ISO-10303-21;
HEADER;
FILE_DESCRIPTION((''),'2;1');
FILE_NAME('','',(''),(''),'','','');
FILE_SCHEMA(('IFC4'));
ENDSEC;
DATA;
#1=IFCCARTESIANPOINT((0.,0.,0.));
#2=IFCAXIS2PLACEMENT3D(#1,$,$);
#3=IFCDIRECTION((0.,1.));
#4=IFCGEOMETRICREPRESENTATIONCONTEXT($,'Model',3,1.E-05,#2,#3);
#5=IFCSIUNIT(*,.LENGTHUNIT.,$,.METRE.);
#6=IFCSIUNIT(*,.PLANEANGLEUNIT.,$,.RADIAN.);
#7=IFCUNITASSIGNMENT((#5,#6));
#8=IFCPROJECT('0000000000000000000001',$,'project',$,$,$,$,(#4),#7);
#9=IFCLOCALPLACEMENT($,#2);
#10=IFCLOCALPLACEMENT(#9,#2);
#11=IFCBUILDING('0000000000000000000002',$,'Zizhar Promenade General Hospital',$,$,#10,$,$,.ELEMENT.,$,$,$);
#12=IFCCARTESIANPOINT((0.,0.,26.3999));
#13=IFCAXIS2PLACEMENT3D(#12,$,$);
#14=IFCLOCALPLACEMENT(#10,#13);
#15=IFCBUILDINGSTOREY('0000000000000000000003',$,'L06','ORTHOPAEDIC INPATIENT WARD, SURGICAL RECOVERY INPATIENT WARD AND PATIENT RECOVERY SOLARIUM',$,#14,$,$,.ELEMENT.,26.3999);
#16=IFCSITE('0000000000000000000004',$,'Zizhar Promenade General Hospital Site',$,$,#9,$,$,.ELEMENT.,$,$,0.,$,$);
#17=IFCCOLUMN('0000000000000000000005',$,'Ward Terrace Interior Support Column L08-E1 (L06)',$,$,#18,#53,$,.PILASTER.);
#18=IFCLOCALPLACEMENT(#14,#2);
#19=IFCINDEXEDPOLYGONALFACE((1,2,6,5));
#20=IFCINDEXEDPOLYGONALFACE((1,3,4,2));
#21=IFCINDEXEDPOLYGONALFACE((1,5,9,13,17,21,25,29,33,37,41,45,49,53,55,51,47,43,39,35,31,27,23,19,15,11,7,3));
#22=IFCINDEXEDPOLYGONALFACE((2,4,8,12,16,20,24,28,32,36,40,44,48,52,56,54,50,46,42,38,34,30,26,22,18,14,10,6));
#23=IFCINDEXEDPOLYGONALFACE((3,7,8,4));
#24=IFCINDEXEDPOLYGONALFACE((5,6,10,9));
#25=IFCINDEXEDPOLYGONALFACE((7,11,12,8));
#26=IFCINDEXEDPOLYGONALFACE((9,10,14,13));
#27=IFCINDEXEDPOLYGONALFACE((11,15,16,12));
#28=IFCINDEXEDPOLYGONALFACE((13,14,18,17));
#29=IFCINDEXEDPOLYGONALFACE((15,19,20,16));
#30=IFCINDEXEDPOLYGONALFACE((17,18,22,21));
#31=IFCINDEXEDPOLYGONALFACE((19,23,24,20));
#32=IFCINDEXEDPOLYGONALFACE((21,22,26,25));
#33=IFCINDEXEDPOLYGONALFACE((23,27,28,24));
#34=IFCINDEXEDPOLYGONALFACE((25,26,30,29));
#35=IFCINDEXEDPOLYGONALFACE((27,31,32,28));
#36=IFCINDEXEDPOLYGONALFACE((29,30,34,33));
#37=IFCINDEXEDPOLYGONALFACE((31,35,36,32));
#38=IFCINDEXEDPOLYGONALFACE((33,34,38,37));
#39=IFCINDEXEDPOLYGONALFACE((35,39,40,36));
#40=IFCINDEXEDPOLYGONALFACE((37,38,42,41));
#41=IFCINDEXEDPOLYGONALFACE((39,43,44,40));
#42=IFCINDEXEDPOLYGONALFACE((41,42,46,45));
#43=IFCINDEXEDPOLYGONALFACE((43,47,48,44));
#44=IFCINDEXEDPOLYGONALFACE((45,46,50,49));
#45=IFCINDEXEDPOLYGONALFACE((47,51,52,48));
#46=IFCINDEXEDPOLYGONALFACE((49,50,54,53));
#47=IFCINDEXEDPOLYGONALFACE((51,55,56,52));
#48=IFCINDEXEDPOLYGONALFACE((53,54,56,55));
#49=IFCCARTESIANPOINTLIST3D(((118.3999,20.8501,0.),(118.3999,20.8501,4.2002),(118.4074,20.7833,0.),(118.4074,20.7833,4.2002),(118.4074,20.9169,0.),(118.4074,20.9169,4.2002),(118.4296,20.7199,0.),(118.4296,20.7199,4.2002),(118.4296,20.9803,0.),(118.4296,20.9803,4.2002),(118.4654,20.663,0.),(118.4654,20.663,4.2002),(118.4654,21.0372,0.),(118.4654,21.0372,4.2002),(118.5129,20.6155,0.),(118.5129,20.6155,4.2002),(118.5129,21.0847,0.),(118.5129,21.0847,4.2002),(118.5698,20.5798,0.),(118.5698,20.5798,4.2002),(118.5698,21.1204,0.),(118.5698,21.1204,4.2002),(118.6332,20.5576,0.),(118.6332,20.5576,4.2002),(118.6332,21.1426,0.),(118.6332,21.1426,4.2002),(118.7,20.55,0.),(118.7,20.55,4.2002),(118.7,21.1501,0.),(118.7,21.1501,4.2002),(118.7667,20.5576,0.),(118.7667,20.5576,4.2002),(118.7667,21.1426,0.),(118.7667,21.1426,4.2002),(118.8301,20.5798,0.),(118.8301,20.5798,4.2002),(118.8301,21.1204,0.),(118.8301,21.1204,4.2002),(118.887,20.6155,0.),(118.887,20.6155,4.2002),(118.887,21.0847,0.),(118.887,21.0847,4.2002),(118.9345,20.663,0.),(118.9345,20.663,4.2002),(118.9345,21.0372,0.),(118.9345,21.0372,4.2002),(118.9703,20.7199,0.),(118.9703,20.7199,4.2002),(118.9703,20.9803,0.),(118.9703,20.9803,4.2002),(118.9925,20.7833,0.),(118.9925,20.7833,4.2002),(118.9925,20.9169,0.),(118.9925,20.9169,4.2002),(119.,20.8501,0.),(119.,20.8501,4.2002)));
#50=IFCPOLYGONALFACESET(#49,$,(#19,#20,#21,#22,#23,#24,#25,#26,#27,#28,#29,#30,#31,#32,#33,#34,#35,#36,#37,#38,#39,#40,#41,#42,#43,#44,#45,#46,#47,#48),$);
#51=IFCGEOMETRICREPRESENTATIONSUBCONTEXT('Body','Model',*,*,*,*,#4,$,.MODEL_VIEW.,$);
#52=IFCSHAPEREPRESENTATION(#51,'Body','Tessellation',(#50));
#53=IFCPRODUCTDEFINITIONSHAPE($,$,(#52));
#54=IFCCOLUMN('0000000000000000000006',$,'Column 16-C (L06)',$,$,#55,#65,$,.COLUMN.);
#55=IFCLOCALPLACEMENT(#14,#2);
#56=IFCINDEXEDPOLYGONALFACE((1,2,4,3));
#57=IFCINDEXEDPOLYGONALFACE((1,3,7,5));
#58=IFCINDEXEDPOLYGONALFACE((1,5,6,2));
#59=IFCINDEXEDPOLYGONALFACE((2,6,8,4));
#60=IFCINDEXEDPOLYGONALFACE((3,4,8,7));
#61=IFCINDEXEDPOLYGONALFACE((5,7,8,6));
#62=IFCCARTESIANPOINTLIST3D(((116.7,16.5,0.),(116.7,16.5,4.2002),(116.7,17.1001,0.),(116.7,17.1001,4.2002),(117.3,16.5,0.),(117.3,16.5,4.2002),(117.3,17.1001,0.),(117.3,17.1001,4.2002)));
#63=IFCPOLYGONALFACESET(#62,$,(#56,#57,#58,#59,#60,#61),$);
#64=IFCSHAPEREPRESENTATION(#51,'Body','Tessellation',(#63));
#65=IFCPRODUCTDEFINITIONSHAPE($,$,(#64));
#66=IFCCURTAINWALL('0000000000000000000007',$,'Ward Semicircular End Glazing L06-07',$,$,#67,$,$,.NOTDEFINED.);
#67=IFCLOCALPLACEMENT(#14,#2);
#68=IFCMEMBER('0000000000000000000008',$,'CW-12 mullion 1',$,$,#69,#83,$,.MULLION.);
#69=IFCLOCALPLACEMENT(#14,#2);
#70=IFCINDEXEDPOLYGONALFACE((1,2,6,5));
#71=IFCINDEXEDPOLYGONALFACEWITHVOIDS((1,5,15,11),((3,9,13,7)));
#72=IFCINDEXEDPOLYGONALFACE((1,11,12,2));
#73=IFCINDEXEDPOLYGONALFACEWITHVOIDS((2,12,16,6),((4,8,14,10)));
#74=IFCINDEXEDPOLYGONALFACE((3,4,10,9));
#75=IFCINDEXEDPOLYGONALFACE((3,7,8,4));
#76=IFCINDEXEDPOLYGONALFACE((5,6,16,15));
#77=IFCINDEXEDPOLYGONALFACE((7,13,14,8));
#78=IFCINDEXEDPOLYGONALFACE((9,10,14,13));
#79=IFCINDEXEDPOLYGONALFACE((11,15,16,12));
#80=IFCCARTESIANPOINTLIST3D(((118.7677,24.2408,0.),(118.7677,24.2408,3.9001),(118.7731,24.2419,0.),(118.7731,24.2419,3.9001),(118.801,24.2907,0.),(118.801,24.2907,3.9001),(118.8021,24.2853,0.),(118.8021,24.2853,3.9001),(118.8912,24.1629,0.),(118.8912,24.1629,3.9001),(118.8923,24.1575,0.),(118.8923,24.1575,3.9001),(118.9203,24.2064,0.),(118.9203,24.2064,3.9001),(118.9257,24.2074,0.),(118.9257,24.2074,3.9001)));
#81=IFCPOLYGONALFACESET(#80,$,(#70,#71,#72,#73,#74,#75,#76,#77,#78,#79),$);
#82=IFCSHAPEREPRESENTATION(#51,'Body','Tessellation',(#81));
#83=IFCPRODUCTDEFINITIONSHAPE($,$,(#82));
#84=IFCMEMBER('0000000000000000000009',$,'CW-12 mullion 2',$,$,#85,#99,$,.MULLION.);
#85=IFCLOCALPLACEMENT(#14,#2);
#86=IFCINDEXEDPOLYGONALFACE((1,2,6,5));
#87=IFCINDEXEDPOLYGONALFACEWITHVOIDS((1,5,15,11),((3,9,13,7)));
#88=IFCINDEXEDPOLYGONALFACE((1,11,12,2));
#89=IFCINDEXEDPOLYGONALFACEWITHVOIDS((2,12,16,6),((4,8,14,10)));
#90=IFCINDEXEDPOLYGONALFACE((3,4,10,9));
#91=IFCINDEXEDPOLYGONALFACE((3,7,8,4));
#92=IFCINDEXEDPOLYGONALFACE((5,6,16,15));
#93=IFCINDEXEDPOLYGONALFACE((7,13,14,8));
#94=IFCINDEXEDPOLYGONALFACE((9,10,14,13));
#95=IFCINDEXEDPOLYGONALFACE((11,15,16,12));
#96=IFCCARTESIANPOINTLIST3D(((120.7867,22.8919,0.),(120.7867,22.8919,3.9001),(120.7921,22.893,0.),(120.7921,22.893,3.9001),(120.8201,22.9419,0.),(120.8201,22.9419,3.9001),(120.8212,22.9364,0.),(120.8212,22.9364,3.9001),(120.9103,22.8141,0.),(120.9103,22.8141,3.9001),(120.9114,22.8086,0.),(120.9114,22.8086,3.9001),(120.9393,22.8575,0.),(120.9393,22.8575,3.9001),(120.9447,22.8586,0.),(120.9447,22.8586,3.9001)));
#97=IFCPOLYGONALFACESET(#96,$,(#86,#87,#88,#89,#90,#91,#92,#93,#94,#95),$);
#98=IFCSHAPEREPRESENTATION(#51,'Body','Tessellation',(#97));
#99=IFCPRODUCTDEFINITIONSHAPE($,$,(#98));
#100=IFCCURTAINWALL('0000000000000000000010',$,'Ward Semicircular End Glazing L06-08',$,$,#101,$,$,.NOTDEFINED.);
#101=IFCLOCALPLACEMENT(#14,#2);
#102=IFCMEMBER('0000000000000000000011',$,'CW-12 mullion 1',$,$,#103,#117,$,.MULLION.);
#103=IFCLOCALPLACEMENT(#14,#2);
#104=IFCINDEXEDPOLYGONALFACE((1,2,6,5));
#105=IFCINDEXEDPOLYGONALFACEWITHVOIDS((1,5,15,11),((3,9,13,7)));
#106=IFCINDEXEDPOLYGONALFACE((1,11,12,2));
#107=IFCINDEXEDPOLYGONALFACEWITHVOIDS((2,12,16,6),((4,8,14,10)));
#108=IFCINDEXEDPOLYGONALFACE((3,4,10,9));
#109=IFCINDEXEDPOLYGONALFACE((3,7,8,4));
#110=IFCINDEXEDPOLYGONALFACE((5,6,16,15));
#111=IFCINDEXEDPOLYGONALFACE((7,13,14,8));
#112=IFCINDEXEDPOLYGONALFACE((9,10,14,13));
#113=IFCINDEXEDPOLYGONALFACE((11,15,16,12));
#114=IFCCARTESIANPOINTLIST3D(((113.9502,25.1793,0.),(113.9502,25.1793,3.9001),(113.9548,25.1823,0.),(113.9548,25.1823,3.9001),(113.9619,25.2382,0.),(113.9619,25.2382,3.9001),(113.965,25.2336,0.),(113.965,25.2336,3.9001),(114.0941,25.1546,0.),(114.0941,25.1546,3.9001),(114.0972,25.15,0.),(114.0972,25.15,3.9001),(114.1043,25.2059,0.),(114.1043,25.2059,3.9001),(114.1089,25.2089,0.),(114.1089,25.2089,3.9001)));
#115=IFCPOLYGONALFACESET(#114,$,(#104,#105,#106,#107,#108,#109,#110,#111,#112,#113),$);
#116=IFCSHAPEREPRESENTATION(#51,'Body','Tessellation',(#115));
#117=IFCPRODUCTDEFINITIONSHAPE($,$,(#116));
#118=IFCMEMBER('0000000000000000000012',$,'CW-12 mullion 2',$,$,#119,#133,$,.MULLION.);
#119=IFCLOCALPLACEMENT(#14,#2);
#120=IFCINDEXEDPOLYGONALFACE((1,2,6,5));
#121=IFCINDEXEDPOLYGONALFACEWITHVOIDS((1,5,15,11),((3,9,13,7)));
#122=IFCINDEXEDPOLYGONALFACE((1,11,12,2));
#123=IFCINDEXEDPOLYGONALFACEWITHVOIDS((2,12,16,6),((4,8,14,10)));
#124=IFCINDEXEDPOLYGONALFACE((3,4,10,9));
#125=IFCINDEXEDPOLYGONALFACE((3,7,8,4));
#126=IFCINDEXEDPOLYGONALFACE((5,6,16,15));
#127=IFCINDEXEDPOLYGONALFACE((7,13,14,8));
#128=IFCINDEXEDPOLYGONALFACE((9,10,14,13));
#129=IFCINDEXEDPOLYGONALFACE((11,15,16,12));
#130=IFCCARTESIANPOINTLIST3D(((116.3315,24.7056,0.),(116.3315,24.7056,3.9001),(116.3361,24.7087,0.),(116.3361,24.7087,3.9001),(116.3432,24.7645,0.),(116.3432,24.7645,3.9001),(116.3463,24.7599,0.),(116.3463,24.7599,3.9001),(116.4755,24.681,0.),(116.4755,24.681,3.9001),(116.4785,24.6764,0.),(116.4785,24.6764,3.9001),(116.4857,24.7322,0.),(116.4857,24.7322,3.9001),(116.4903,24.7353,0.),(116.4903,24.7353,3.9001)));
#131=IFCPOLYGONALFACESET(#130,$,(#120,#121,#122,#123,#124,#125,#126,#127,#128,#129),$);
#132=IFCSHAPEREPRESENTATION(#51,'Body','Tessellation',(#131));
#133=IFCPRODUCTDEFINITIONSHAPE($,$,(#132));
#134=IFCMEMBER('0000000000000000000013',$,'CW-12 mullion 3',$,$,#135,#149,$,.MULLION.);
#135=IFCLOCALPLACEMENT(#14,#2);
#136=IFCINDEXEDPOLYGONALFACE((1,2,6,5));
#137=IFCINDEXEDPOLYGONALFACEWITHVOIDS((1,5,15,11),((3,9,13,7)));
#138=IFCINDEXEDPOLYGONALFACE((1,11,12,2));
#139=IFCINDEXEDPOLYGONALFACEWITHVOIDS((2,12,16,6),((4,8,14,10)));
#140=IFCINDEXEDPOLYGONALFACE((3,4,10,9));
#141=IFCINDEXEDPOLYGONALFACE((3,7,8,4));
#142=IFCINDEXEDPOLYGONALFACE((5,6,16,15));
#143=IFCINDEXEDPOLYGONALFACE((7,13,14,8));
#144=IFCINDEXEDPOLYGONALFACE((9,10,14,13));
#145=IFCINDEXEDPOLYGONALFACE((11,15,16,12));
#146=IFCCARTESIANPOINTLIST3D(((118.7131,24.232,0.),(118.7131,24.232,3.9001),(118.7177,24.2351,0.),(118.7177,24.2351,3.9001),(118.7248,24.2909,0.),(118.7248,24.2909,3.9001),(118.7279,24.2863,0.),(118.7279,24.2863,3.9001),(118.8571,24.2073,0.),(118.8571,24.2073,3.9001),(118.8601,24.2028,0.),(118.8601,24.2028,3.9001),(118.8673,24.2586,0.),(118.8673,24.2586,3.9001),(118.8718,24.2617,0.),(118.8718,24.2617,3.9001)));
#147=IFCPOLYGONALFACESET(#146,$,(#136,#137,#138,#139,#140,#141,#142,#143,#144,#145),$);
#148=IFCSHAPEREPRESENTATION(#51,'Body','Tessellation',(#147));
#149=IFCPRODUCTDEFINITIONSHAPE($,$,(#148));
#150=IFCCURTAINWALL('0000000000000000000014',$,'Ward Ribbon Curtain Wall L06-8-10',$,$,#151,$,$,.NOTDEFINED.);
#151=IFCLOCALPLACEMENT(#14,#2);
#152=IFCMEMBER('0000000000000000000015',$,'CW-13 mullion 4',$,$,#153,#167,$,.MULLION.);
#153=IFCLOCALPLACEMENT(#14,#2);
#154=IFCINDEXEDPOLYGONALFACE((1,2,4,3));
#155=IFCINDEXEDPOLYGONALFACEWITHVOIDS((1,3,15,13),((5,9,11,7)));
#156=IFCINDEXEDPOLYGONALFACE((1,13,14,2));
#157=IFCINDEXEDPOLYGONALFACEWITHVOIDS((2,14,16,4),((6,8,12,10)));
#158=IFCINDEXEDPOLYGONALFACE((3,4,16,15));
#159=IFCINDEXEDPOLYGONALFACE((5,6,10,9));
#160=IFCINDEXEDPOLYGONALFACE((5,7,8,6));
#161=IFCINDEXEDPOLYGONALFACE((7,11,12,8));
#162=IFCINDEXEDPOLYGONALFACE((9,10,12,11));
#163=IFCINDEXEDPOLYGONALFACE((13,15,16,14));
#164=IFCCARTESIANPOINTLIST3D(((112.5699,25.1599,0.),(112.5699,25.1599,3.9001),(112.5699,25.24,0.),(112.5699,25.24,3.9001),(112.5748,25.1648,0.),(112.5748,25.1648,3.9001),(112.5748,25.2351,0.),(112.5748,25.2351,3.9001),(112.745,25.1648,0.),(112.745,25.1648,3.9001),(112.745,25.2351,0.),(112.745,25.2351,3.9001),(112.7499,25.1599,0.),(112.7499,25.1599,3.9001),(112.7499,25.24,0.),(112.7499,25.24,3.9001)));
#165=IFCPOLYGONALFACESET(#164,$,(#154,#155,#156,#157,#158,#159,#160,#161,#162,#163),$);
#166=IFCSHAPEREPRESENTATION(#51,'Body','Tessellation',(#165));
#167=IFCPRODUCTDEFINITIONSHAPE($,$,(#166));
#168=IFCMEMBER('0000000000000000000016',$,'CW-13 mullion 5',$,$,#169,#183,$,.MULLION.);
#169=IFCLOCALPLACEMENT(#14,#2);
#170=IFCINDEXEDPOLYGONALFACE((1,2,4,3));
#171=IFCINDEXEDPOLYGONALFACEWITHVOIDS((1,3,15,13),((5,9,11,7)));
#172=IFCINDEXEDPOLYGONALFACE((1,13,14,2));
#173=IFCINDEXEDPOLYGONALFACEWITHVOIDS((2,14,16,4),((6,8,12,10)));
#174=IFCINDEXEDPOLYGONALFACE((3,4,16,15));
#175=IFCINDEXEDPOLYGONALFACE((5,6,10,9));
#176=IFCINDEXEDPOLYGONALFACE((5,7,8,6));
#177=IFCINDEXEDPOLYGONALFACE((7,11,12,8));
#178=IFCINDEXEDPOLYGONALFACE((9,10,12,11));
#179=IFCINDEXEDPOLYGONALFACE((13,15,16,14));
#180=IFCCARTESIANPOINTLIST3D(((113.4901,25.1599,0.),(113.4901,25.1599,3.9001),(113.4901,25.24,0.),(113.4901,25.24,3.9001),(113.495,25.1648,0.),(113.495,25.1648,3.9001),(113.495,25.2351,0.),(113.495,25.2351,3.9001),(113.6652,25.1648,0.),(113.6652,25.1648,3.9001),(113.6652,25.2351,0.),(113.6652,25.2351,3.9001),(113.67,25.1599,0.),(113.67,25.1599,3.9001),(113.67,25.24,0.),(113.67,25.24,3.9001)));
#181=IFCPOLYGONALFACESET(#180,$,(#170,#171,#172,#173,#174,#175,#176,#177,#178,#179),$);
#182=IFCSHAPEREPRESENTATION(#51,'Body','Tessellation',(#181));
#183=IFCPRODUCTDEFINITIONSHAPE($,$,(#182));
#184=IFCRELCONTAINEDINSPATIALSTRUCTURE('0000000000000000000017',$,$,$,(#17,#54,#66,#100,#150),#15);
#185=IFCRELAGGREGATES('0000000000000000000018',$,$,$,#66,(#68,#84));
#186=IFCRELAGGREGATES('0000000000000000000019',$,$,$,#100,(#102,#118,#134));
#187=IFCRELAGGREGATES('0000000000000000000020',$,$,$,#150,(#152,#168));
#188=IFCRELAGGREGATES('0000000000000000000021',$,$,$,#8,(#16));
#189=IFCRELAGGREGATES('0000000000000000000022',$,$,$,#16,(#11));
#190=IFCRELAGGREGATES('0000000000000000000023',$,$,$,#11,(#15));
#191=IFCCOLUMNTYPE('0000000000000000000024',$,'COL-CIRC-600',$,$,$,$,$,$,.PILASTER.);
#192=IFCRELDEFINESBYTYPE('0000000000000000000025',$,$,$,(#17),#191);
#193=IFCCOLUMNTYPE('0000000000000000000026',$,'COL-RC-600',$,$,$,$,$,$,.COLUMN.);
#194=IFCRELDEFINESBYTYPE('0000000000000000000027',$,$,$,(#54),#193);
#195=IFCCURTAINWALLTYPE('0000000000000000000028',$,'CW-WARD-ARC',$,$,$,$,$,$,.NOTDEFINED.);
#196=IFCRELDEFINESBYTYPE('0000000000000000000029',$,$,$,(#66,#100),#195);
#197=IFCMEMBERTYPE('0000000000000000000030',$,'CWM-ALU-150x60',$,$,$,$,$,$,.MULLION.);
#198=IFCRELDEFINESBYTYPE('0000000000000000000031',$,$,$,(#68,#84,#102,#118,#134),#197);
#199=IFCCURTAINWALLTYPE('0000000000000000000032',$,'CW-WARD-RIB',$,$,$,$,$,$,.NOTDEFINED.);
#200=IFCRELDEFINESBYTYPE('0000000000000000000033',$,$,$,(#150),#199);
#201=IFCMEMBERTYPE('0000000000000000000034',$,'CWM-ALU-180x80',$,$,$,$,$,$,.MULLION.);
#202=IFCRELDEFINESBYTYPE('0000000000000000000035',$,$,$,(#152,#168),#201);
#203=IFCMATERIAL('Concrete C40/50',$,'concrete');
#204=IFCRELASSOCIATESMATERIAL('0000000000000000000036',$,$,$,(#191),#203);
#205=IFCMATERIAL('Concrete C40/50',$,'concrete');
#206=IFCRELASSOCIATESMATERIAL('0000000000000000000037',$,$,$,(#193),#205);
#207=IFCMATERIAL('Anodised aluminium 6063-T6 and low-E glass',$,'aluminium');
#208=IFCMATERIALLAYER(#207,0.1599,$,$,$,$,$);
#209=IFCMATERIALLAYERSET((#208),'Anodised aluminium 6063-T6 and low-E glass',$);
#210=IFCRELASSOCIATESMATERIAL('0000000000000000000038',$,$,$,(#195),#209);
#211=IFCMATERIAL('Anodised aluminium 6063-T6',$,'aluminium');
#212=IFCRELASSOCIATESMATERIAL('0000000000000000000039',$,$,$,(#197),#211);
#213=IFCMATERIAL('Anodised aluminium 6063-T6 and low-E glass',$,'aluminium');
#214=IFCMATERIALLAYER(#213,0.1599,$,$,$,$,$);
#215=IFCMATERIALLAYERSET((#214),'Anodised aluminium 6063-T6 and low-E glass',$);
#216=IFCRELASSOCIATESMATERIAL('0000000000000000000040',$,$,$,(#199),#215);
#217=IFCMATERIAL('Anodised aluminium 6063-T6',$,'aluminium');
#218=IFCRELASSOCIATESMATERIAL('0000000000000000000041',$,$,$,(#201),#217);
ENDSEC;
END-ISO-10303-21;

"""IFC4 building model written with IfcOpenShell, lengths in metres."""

from ifc_helpers import new_model, si_unit, direction, frame, origin, origin_2d, place, context, subcontext, project, spatial, rectangle, hollow_rectangle, circle, extrude, material, layer, layer_set, material_profile, profile_set, type_object, element, aggregate, save


model = new_model("IFC4")

# Units and contexts
model_context = context("Model", 3, precision=1e-05, world=origin(), true_north=direction((0.0, 1.0)))
body_context = subcontext(model_context, "Body", "Model", "MODEL_VIEW")
ifc_project = project(units=[si_unit("LENGTHUNIT", "METRE"), si_unit("PLANEANGLEUNIT", "RADIAN")], contexts=[model_context])

# Site, building, storey
site_placement = place(None, origin())
site = spatial("IfcSite", under=ifc_project, at=site_placement, Name="Zizhar Promenade General Hospital Site", CompositionType="ELEMENT", RefElevation=0.0)
building_placement = place(site_placement, origin())
building = spatial("IfcBuilding", under=site, at=building_placement, Name="Zizhar Promenade General Hospital", CompositionType="ELEMENT")
storey_placement = place(building_placement, frame((0.0, 0.0, 26.3999)))
storey = spatial("IfcBuildingStorey", under=building, at=storey_placement, Name="L06", Description="ORTHOPAEDIC INPATIENT WARD, SURGICAL RECOVERY INPATIENT WARD AND PATIENT RECOVERY SOLARIUM", CompositionType="ELEMENT", Elevation=26.3999)

# Columns
ifc_material_1 = material(Name="Concrete C40/50", Category="concrete")
ifc_material_profile_1 = material_profile(ifc_material_1, circle(Radius=0.3, at=origin_2d()))
ifc_profile_set_1 = profile_set([ifc_material_profile_1], Name="Concrete C40/50")
column_type_1 = type_object("IfcColumnType", Name="COL-CIRC-600", PredefinedType="PILASTER", material=ifc_profile_set_1)
column_1_placement = place(storey_placement, frame((118.7, 20.8501, 0.0), z_axis=(0.0, 0.0, 1.0), x_axis=(1.0, 0.0, 0.0)))
element("IfcColumn", 1, at=column_1_placement, inside=storey, type_object=column_type_1, Name="Ward Terrace Interior Support Column L08-E1 (L06)", PredefinedType="PILASTER", context=body_context, shape_type="SweptSolid", body=[
    extrude(circle(Radius=0.3, at=origin_2d()), origin(), (0.0, 0.0, 1.0), 4.2002),
])
ifc_material_2 = material(Name="Concrete C40/50", Category="concrete")
ifc_material_profile_2 = material_profile(ifc_material_2, rectangle(XDim=0.6001, YDim=0.6001, at=origin_2d()))
ifc_profile_set_2 = profile_set([ifc_material_profile_2], Name="Concrete C40/50")
column_type_2 = type_object("IfcColumnType", Name="COL-RC-600", PredefinedType="COLUMN", material=ifc_profile_set_2)
column_2_placement = place(storey_placement, frame((117.0, 16.8, 0.0), z_axis=(0.0, 0.0, 1.0), x_axis=(1.0, 0.0, 0.0)))
element("IfcColumn", 2, at=column_2_placement, inside=storey, type_object=column_type_2, Name="Column 16-C (L06)", PredefinedType="COLUMN", context=body_context, shape_type="SweptSolid", body=[
    extrude(rectangle(XDim=0.6001, YDim=0.6001, at=origin_2d()), origin(), (0.0, 0.0, 1.0), 4.2002),
])

# Curtain walls, members
ifc_material_3 = material(Name="Anodised aluminium 6063-T6 and low-E glass", Category="aluminium")
ifc_layer_1 = layer(ifc_material_3, 0.1599)
ifc_layer_set_1 = layer_set([ifc_layer_1], Name="Anodised aluminium 6063-T6 and low-E glass")
curtain_wall_type_1 = type_object("IfcCurtainWallType", Name="CW-WARD-ARC", PredefinedType="NOTDEFINED", material=ifc_layer_set_1)
curtain_wall_1_placement = place(storey_placement, origin())
curtain_wall_1 = element("IfcCurtainWall", 3, at=curtain_wall_1_placement, inside=storey, type_object=curtain_wall_type_1, Name="Ward Semicircular End Glazing L06-07", PredefinedType="NOTDEFINED")
ifc_material_4 = material(Name="Anodised aluminium 6063-T6", Category="aluminium")
ifc_material_profile_3 = material_profile(ifc_material_4, hollow_rectangle(XDim=0.0601, YDim=0.1499, WallThickness=0.0039, at=origin_2d()))
ifc_profile_set_3 = profile_set([ifc_material_profile_3], Name="Anodised aluminium 6063-T6")
member_type_1 = type_object("IfcMemberType", Name="CWM-ALU-150x60", PredefinedType="MULLION", material=ifc_profile_set_3)
member_1_placement = place(storey_placement, frame((118.8467, 24.2241, 0.0), z_axis=(0.0, 0.0, 1.0), x_axis=(0.555582, 0.831462, 0.0)))
member_1 = element("IfcMember", 4, at=member_1_placement, type_object=member_type_1, Name="CW-12 mullion 1", PredefinedType="MULLION", context=body_context, shape_type="SweptSolid", body=[
    extrude(hollow_rectangle(XDim=0.0601, YDim=0.1499, WallThickness=0.0039, at=origin_2d()), origin(), (0.0, 0.0, 1.0), 3.9001),
])
member_2_placement = place(storey_placement, frame((120.8657, 22.8752, 0.0), z_axis=(0.0, 0.0, 1.0), x_axis=(0.555582, 0.831462, 0.0)))
member_2 = element("IfcMember", 5, at=member_2_placement, type_object=member_type_1, Name="CW-12 mullion 2", PredefinedType="MULLION", context=body_context, shape_type="SweptSolid", body=[
    extrude(hollow_rectangle(XDim=0.0601, YDim=0.1499, WallThickness=0.0039, at=origin_2d()), origin(), (0.0, 0.0, 1.0), 3.9001),
])
curtain_wall_2_placement = place(storey_placement, origin())
curtain_wall_2 = element("IfcCurtainWall", 6, at=curtain_wall_2_placement, inside=storey, type_object=curtain_wall_type_1, Name="Ward Semicircular End Glazing L06-08", PredefinedType="NOTDEFINED")
member_3_placement = place(storey_placement, frame((114.0295, 25.1941, 0.0), z_axis=(0.0, 0.0, 1.0), x_axis=(0.195087, 0.980786, 0.0)))
member_3 = element("IfcMember", 7, at=member_3_placement, type_object=member_type_1, Name="CW-12 mullion 1", PredefinedType="MULLION", context=body_context, shape_type="SweptSolid", body=[
    extrude(hollow_rectangle(XDim=0.0601, YDim=0.1499, WallThickness=0.0039, at=origin_2d()), origin(), (0.0, 0.0, 1.0), 3.9001),
])
member_4_placement = place(storey_placement, frame((116.4109, 24.7205, 0.0), z_axis=(0.0, 0.0, 1.0), x_axis=(0.195087, 0.980786, 0.0)))
member_4 = element("IfcMember", 8, at=member_4_placement, type_object=member_type_1, Name="CW-12 mullion 2", PredefinedType="MULLION", context=body_context, shape_type="SweptSolid", body=[
    extrude(hollow_rectangle(XDim=0.0601, YDim=0.1499, WallThickness=0.0039, at=origin_2d()), origin(), (0.0, 0.0, 1.0), 3.9001),
])
member_5_placement = place(storey_placement, frame((118.7925, 24.2468, 0.0), z_axis=(0.0, 0.0, 1.0), x_axis=(0.195087, 0.980786, 0.0)))
member_5 = element("IfcMember", 9, at=member_5_placement, type_object=member_type_1, Name="CW-12 mullion 3", PredefinedType="MULLION", context=body_context, shape_type="SweptSolid", body=[
    extrude(hollow_rectangle(XDim=0.0601, YDim=0.1499, WallThickness=0.0039, at=origin_2d()), origin(), (0.0, 0.0, 1.0), 3.9001),
])
ifc_material_5 = material(Name="Anodised aluminium 6063-T6 and low-E glass", Category="aluminium")
ifc_layer_2 = layer(ifc_material_5, 0.1599)
ifc_layer_set_2 = layer_set([ifc_layer_2], Name="Anodised aluminium 6063-T6 and low-E glass")
curtain_wall_type_2 = type_object("IfcCurtainWallType", Name="CW-WARD-RIB", PredefinedType="NOTDEFINED", material=ifc_layer_set_2)
curtain_wall_3_placement = place(storey_placement, origin())
curtain_wall_3 = element("IfcCurtainWall", 10, at=curtain_wall_3_placement, inside=storey, type_object=curtain_wall_type_2, Name="Ward Ribbon Curtain Wall L06-8-10", PredefinedType="NOTDEFINED")
ifc_material_6 = material(Name="Anodised aluminium 6063-T6", Category="aluminium")
ifc_material_profile_4 = material_profile(ifc_material_6, hollow_rectangle(XDim=0.0801, YDim=0.1799, WallThickness=0.0049, at=origin_2d()))
ifc_profile_set_4 = profile_set([ifc_material_profile_4], Name="Anodised aluminium 6063-T6")
member_type_2 = type_object("IfcMemberType", Name="CWM-ALU-180x80", PredefinedType="MULLION", material=ifc_profile_set_4)
member_6_placement = place(storey_placement, frame((112.6599, 25.2, 0.0), z_axis=(0.0, 0.0, 1.0), x_axis=(0.0, 1.0, 0.0)))
member_6 = element("IfcMember", 11, at=member_6_placement, type_object=member_type_2, Name="CW-13 mullion 4", PredefinedType="MULLION", context=body_context, shape_type="SweptSolid", body=[
    extrude(hollow_rectangle(XDim=0.0801, YDim=0.1799, WallThickness=0.0049, at=origin_2d()), origin(), (0.0, 0.0, 1.0), 3.9001),
])
member_7_placement = place(storey_placement, frame((113.5801, 25.2, 0.0), z_axis=(0.0, 0.0, 1.0), x_axis=(0.0, 1.0, 0.0)))
member_7 = element("IfcMember", 12, at=member_7_placement, type_object=member_type_2, Name="CW-13 mullion 5", PredefinedType="MULLION", context=body_context, shape_type="SweptSolid", body=[
    extrude(hollow_rectangle(XDim=0.0801, YDim=0.1799, WallThickness=0.0049, at=origin_2d()), origin(), (0.0, 0.0, 1.0), 3.9001),
])

aggregate(curtain_wall_1, [member_1, member_2])
aggregate(curtain_wall_2, [member_3, member_4, member_5])
aggregate(curtain_wall_3, [member_6, member_7])

save(model, "model.ifc")
